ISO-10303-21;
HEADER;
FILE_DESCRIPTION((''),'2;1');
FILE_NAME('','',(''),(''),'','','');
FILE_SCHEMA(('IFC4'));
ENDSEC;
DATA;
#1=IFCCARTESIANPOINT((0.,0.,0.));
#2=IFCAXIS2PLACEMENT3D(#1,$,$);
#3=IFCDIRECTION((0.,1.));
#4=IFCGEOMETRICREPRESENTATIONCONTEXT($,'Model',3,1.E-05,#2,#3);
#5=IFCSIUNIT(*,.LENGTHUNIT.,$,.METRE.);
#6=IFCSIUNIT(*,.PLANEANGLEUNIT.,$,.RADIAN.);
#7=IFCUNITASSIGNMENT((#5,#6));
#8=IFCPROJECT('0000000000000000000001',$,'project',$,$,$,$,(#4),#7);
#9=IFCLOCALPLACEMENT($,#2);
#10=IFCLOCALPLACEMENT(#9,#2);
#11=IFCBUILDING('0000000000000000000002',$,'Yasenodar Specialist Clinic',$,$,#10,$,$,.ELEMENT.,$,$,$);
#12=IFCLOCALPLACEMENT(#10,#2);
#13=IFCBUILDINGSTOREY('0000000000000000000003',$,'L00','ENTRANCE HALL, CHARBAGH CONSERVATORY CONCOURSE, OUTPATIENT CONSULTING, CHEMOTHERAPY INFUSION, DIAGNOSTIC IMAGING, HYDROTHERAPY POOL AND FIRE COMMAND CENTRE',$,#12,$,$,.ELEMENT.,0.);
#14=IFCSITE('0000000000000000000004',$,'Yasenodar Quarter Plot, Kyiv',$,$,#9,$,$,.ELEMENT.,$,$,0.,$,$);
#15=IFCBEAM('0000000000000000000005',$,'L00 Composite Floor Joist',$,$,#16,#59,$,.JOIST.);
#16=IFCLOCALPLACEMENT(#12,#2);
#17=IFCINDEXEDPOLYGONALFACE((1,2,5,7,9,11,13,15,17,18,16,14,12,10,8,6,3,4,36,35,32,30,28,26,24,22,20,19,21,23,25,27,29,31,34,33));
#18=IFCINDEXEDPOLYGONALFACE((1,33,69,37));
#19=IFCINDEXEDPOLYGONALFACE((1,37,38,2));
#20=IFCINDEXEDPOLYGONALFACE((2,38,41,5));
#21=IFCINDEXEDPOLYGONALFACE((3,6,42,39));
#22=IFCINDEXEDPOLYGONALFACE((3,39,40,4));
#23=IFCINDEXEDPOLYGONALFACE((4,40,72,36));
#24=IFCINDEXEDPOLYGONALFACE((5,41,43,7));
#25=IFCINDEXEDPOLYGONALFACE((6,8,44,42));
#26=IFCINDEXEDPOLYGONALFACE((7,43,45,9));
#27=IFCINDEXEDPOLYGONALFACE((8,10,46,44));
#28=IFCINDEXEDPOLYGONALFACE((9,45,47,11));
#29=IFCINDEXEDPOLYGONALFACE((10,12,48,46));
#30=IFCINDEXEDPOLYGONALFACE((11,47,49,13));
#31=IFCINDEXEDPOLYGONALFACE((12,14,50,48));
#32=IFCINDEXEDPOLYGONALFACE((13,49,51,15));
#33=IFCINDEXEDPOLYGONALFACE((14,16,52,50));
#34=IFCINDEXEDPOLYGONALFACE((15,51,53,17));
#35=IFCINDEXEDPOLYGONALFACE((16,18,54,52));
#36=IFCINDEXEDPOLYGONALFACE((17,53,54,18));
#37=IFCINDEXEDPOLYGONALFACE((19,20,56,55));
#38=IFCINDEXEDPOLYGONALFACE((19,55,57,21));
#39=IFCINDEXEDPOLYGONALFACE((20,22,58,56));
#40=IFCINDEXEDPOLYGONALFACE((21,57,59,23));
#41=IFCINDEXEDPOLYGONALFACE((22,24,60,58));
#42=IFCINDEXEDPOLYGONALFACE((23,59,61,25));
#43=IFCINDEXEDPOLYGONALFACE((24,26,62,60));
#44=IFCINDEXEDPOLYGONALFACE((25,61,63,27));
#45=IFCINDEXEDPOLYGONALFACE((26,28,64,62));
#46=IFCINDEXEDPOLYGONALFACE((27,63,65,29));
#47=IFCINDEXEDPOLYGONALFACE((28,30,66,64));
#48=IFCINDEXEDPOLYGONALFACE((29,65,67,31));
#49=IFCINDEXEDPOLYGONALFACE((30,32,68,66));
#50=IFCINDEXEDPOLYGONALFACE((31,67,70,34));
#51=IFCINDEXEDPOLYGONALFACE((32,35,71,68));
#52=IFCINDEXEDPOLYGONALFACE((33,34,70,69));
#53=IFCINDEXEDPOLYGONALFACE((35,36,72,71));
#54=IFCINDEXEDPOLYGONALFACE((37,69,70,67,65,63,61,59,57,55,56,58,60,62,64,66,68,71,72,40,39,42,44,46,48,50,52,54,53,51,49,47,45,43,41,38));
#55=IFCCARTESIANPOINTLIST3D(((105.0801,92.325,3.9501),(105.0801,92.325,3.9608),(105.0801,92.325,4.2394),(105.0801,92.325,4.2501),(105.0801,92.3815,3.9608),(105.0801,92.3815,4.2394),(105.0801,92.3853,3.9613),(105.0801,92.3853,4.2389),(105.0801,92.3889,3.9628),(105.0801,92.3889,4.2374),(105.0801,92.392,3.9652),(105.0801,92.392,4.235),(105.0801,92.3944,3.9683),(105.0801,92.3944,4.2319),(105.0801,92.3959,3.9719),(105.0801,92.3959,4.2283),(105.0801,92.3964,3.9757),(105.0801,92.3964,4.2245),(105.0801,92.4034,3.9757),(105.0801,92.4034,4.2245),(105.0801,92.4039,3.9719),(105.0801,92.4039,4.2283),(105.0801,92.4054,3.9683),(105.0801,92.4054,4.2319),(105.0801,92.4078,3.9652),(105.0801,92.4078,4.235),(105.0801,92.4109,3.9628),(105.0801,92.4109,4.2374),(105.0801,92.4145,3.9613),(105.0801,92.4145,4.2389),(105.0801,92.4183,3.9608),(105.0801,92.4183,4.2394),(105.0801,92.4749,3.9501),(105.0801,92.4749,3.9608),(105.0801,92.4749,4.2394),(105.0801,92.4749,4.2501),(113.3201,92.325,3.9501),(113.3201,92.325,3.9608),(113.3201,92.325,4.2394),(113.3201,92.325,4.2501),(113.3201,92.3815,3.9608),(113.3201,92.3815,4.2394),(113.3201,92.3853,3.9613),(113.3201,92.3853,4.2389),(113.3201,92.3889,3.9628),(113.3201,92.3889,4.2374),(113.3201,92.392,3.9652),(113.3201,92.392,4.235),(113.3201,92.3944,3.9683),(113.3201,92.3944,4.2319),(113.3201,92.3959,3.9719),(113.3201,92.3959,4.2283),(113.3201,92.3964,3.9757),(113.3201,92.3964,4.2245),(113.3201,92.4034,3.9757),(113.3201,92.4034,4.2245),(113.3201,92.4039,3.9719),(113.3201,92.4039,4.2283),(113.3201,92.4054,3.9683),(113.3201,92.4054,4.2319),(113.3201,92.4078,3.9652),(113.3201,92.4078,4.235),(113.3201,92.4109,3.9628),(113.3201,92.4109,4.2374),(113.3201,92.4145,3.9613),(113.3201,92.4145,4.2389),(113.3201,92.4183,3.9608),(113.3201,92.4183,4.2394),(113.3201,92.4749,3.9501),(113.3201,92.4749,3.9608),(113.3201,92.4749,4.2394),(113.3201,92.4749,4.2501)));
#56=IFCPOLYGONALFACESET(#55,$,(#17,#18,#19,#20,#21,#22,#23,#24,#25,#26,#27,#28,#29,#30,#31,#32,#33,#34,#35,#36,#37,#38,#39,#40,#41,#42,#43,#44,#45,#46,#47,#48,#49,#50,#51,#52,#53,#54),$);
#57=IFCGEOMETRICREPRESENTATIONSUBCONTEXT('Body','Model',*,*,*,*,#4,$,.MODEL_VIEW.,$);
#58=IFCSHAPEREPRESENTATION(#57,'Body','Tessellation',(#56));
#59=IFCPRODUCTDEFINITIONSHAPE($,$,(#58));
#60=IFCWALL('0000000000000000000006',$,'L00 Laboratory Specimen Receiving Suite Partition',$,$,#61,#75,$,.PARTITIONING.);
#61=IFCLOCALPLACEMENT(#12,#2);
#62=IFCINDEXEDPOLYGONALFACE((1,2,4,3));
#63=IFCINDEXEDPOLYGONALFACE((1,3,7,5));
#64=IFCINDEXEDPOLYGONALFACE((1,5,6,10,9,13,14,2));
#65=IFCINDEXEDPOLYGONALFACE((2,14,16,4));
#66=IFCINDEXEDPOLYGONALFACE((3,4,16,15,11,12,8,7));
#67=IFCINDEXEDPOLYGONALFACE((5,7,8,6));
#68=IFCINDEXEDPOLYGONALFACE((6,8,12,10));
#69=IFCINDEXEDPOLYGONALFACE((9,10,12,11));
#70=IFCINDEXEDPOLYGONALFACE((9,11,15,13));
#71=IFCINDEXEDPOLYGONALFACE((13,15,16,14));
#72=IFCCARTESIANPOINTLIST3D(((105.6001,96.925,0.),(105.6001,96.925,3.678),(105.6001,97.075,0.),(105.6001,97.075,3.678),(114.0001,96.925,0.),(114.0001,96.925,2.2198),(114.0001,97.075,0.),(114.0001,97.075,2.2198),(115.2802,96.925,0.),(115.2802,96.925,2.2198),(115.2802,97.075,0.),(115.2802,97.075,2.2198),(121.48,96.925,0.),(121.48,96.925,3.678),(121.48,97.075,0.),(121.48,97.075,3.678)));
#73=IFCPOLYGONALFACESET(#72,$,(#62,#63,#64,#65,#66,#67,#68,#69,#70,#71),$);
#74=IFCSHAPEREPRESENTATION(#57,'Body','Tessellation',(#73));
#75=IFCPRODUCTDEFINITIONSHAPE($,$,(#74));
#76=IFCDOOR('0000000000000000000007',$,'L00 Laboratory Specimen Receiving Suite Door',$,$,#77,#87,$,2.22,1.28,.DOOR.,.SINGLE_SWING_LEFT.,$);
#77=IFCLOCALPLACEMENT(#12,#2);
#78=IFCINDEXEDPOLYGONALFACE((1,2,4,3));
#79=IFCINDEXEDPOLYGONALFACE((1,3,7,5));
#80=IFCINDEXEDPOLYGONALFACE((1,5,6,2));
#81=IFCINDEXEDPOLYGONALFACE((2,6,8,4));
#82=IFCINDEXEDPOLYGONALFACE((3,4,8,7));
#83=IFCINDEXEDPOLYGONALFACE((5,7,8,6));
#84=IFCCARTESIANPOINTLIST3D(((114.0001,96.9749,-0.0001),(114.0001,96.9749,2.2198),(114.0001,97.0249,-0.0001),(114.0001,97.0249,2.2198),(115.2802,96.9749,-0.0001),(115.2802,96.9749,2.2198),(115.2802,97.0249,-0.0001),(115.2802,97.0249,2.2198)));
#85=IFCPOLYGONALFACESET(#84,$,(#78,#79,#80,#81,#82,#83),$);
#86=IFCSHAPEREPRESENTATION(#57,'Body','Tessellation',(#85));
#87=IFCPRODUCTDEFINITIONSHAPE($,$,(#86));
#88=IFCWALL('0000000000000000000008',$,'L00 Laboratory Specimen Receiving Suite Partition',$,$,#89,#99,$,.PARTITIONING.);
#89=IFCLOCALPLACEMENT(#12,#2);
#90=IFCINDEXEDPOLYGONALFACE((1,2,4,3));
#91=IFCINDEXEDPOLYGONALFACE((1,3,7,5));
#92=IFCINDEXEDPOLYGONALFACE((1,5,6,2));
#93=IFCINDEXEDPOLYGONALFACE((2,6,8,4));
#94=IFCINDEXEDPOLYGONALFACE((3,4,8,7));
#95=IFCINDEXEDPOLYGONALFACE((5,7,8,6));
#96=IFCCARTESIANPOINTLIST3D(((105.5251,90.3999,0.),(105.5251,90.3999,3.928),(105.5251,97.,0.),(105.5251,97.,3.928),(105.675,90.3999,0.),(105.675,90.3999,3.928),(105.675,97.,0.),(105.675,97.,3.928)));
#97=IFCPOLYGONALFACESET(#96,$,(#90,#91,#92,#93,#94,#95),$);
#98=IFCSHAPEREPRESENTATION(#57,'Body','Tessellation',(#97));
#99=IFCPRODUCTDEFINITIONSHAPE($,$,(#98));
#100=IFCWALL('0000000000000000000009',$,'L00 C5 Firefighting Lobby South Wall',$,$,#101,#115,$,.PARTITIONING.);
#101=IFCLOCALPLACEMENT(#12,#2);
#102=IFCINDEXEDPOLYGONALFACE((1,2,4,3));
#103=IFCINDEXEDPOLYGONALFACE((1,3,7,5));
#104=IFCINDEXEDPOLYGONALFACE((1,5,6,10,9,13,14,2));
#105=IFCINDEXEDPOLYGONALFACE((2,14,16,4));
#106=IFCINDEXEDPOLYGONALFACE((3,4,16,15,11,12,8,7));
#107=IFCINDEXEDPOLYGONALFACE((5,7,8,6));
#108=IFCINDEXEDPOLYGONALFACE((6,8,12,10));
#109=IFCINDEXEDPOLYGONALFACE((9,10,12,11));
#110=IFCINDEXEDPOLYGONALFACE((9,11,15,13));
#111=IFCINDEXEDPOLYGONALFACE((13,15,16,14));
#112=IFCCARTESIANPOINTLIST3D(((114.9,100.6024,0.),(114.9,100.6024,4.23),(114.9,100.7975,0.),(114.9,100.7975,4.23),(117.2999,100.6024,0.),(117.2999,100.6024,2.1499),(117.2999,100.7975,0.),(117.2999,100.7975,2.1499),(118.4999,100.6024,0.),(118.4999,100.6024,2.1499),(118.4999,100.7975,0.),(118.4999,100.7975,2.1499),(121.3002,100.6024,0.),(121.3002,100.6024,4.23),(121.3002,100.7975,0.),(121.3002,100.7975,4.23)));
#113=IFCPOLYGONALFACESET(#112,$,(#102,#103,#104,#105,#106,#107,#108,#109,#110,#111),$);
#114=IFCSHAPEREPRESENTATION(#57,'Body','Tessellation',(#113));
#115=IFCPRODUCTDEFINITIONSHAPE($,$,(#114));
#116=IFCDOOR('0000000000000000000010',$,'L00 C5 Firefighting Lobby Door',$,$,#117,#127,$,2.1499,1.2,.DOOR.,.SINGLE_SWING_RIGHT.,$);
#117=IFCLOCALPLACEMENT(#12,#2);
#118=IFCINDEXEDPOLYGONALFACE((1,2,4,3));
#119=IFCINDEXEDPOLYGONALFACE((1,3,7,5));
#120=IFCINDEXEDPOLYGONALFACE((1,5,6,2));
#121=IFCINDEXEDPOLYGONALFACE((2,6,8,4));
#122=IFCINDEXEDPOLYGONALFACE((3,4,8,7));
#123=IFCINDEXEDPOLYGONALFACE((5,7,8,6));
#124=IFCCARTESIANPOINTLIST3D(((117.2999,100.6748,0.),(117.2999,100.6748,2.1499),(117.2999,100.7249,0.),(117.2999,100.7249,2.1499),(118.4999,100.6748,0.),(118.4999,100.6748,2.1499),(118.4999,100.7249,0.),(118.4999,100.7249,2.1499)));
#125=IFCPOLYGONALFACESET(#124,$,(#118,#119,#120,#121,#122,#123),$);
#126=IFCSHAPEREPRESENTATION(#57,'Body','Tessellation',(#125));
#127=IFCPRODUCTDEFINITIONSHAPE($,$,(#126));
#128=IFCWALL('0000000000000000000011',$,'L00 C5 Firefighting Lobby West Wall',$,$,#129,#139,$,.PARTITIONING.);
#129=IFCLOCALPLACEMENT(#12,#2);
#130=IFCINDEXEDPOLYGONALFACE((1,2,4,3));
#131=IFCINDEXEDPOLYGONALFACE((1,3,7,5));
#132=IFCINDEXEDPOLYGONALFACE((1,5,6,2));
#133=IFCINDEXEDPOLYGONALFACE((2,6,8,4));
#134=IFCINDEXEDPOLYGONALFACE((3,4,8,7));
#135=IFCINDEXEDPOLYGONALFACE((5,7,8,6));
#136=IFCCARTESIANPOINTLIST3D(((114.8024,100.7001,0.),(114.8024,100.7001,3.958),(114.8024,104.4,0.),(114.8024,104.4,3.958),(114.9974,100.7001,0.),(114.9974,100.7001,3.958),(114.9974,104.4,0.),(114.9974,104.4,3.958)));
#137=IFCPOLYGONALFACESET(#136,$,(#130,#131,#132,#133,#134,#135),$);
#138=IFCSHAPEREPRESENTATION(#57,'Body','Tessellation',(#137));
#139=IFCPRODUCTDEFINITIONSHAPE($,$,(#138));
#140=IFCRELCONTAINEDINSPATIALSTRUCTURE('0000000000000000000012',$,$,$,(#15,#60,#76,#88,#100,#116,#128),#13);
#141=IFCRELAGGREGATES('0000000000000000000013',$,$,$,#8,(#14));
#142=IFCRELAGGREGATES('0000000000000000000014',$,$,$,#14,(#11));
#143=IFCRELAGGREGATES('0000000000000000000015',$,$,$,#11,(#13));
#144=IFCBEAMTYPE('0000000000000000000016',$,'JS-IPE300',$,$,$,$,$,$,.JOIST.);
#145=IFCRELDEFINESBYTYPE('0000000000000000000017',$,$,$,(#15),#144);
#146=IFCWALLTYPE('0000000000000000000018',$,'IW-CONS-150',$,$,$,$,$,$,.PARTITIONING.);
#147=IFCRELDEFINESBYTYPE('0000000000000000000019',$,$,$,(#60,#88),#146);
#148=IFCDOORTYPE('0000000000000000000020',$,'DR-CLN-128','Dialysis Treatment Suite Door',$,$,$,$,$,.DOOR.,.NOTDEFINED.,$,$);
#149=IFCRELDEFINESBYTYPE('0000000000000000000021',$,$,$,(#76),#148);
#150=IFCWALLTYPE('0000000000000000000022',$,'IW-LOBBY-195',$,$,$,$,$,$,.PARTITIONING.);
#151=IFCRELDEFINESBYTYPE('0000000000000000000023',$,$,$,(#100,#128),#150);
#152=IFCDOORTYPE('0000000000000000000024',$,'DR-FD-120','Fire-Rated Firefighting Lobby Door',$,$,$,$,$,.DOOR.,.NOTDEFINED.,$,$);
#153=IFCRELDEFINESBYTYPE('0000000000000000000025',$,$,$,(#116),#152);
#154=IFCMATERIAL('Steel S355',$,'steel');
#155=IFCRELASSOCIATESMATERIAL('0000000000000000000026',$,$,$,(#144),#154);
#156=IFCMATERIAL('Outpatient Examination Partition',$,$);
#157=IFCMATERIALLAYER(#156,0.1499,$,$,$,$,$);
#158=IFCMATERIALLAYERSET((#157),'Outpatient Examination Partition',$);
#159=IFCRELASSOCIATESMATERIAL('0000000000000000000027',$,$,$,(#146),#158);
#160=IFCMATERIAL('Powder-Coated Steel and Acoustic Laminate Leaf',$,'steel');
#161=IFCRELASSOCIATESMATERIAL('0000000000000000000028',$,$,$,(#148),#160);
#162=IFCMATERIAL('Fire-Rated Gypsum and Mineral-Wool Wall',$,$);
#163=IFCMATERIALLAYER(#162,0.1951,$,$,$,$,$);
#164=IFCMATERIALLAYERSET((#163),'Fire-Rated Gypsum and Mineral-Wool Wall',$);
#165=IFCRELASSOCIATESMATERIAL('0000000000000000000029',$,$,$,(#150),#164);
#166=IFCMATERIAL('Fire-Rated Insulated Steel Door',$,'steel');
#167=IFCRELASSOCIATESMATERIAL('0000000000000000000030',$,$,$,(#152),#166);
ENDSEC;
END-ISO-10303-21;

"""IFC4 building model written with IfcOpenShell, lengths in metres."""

from ifc_helpers import new_model, si_unit, direction, frame, frame_2d, origin, origin_2d, place, context, subcontext, project, spatial, rectangle, i_section, extrude, material, layer, layer_set, material_profile, profile_set, type_object, element, fill, save


model = new_model("IFC4")

# Units and contexts
model_context = context("Model", 3, precision=1e-05, world=origin(), true_north=direction((0.0, 1.0)))
body_context = subcontext(model_context, "Body", "Model", "MODEL_VIEW")
ifc_project = project(units=[si_unit("LENGTHUNIT", "METRE"), si_unit("PLANEANGLEUNIT", "RADIAN")], contexts=[model_context])

# Site, building, storey
site_placement = place(None, origin())
site = spatial("IfcSite", under=ifc_project, at=site_placement, Name="Yasenodar Quarter Plot, Kyiv", CompositionType="ELEMENT", RefElevation=0.0)
building_placement = place(site_placement, origin())
building = spatial("IfcBuilding", under=site, at=building_placement, Name="Yasenodar Specialist Clinic", CompositionType="ELEMENT")
storey_placement = place(building_placement, origin())
storey = spatial("IfcBuildingStorey", under=building, at=storey_placement, Name="L00", Description="ENTRANCE HALL, CHARBAGH CONSERVATORY CONCOURSE, OUTPATIENT CONSULTING, CHEMOTHERAPY INFUSION, DIAGNOSTIC IMAGING, HYDROTHERAPY POOL AND FIRE COMMAND CENTRE", CompositionType="ELEMENT", Elevation=0.0)

# Shared definitions
ifc_material_1 = material(Name="Steel S355", Category="steel")

# Beam
ifc_material_profile_1 = material_profile(ifc_material_1, i_section(OverallWidth=0.1499, OverallDepth=0.3, WebThickness=0.0071, FlangeThickness=0.0107, FilletRadius=0.0149, at=origin_2d()), Name="IPE 300")
ifc_profile_set_1 = profile_set([ifc_material_profile_1], Name="Steel S355")
beam_type_1 = type_object("IfcBeamType", Name="JS-IPE300", PredefinedType="JOIST", material=ifc_profile_set_1)
for number, where, z_axis, x_axis, name in (
    (1, (105.0801, 92.3999, 4.1001), (1.0, 0.0, 0.0), (0.0, 1.0, 0.0), "L00 Composite Floor Joist"),
):
    element("IfcBeam", number, at=place(storey_placement, frame(where, z_axis=z_axis, x_axis=x_axis)), inside=storey, type_object=beam_type_1, Name=name, PredefinedType="JOIST", context=body_context, shape_type="SweptSolid", body=[
        extrude(i_section(OverallWidth=0.1499, OverallDepth=0.3, WebThickness=0.0071, FlangeThickness=0.0107, FilletRadius=0.0149, at=origin_2d()), origin(), (0.0, 0.0, 1.0), 8.24),
    ])

# Wall, opening, door
ifc_material_2 = material(Name="Outpatient Examination Partition")
ifc_layer_1 = layer(ifc_material_2, 0.1499)
ifc_layer_set_1 = layer_set([ifc_layer_1], Name="Outpatient Examination Partition")
wall_type_1 = type_object("IfcWallType", Name="IW-CONS-150", PredefinedType="PARTITIONING", material=ifc_layer_set_1)
wall_1_placement = place(storey_placement, frame((105.6001, 97.0, 0.0), z_axis=(0.0, 0.0, 1.0), x_axis=(1.0, 0.0, 0.0)))
wall_1 = element("IfcWall", 2, at=wall_1_placement, inside=storey, type_object=wall_type_1, Name="L00 Laboratory Specimen Receiving Suite Partition", PredefinedType="PARTITIONING", context=body_context, shape_type="SweptSolid", body=[
    extrude(rectangle(XDim=15.8799, YDim=0.1499, at=frame_2d((7.9399, 0.0))), origin(), (0.0, 0.0, 1.0), 3.678),
])
opening_1_placement = place(wall_1_placement, frame((8.3999, 0.0, 0.0)))
opening_1 = element("IfcOpeningElement", 3, at=opening_1_placement, cuts=wall_1, PredefinedType="OPENING", context=body_context, shape_type="SweptSolid", body=[
    extrude(rectangle(XDim=1.28, YDim=2.22, at=frame_2d((0.6401, 1.1099))), frame((0.0, 0.085, 0.0), z_axis=(0.0, -1.0, 0.0), x_axis=(1.0, 0.0, 0.0)), (0.0, 0.0, 1.0), 0.1699),
])
ifc_material_3 = material(Name="Powder-Coated Steel and Acoustic Laminate Leaf", Category="steel")
door_type_1 = type_object("IfcDoorType", Name="DR-CLN-128", Description="Dialysis Treatment Suite Door", OperationType="NOTDEFINED", PredefinedType="DOOR", material=ifc_material_3)
door_1_placement = place(opening_1_placement, origin())
door_1 = element("IfcDoor", 4, at=door_1_placement, inside=storey, type_object=door_type_1, Name="L00 Laboratory Specimen Receiving Suite Door", OperationType="SINGLE_SWING_LEFT", OverallHeight=2.22, OverallWidth=1.28, PredefinedType="DOOR", context=body_context, shape_type="SweptSolid", body=[
    extrude(rectangle(XDim=1.28, YDim=2.22, at=frame_2d((0.6401, 1.1099))), frame((0.0, 0.0249, 0.0), z_axis=(0.0, -1.0, 0.0), x_axis=(1.0, 0.0, 0.0)), (0.0, 0.0, 1.0), 0.05),
])
fill(opening_1, door_1)

# Wall
wall_2_placement = place(storey_placement, frame((105.6001, 90.3999, 0.0), z_axis=(0.0, 0.0, 1.0), x_axis=(0.0, 1.0, 0.0)))
element("IfcWall", 5, at=wall_2_placement, inside=storey, type_object=wall_type_1, Name="L00 Laboratory Specimen Receiving Suite Partition", PredefinedType="PARTITIONING", context=body_context, shape_type="SweptSolid", body=[
    extrude(rectangle(XDim=6.6001, YDim=0.1499, at=frame_2d((3.3, 0.0))), origin(), (0.0, 0.0, 1.0), 3.928),
])

# Wall, opening, door
ifc_material_4 = material(Name="Fire-Rated Gypsum and Mineral-Wool Wall")
ifc_layer_2 = layer(ifc_material_4, 0.1951)
ifc_layer_set_2 = layer_set([ifc_layer_2], Name="Fire-Rated Gypsum and Mineral-Wool Wall")
wall_type_2 = type_object("IfcWallType", Name="IW-LOBBY-195", PredefinedType="PARTITIONING", material=ifc_layer_set_2)
wall_3_placement = place(storey_placement, frame((114.8999, 100.7, 0.0), z_axis=(0.0, 0.0, 1.0), x_axis=(1.0, 0.0, 0.0)))
wall_3 = element("IfcWall", 6, at=wall_3_placement, inside=storey, type_object=wall_type_2, Name="L00 C5 Firefighting Lobby South Wall", PredefinedType="PARTITIONING", context=body_context, shape_type="SweptSolid", body=[
    extrude(rectangle(XDim=6.4001, YDim=0.1951, at=frame_2d((3.2002, 0.0))), origin(), (0.0, 0.0, 1.0), 4.23),
])
opening_2_placement = place(wall_3_placement, frame((2.3999, 0.0, 0.0)))
opening_2 = element("IfcOpeningElement", 7, at=opening_2_placement, cuts=wall_3, PredefinedType="OPENING", context=body_context, shape_type="SweptSolid", body=[
    extrude(rectangle(XDim=1.2, YDim=2.1499, at=frame_2d((0.6001, 1.075))), frame((0.0, 0.1074, 0.0), z_axis=(0.0, -1.0, 0.0), x_axis=(1.0, 0.0, 0.0)), (0.0, 0.0, 1.0), 0.2151),
])
ifc_material_5 = material(Name="Fire-Rated Insulated Steel Door", Category="steel")
door_type_2 = type_object("IfcDoorType", Name="DR-FD-120", Description="Fire-Rated Firefighting Lobby Door", OperationType="NOTDEFINED", PredefinedType="DOOR", material=ifc_material_5)
door_2_placement = place(opening_2_placement, origin())
door_2 = element("IfcDoor", 8, at=door_2_placement, inside=storey, type_object=door_type_2, Name="L00 C5 Firefighting Lobby Door", OperationType="SINGLE_SWING_RIGHT", OverallHeight=2.1499, OverallWidth=1.2, PredefinedType="DOOR", context=body_context, shape_type="SweptSolid", body=[
    extrude(rectangle(XDim=1.2, YDim=2.1499, at=frame_2d((0.6001, 1.075))), frame((0.0, 0.0249, 0.0), z_axis=(0.0, -1.0, 0.0), x_axis=(1.0, 0.0, 0.0)), (0.0, 0.0, 1.0), 0.05),
])
fill(opening_2, door_2)

# Wall
wall_4_placement = place(storey_placement, frame((114.8999, 100.7, 0.0), z_axis=(0.0, 0.0, 1.0), x_axis=(0.0, 1.0, 0.0)))
element("IfcWall", 9, at=wall_4_placement, inside=storey, type_object=wall_type_2, Name="L00 C5 Firefighting Lobby West Wall", PredefinedType="PARTITIONING", context=body_context, shape_type="SweptSolid", body=[
    extrude(rectangle(XDim=3.7, YDim=0.1951, at=frame_2d((1.8501, 0.0))), origin(), (0.0, 0.0, 1.0), 3.958),
])

save(model, "model.ifc")
